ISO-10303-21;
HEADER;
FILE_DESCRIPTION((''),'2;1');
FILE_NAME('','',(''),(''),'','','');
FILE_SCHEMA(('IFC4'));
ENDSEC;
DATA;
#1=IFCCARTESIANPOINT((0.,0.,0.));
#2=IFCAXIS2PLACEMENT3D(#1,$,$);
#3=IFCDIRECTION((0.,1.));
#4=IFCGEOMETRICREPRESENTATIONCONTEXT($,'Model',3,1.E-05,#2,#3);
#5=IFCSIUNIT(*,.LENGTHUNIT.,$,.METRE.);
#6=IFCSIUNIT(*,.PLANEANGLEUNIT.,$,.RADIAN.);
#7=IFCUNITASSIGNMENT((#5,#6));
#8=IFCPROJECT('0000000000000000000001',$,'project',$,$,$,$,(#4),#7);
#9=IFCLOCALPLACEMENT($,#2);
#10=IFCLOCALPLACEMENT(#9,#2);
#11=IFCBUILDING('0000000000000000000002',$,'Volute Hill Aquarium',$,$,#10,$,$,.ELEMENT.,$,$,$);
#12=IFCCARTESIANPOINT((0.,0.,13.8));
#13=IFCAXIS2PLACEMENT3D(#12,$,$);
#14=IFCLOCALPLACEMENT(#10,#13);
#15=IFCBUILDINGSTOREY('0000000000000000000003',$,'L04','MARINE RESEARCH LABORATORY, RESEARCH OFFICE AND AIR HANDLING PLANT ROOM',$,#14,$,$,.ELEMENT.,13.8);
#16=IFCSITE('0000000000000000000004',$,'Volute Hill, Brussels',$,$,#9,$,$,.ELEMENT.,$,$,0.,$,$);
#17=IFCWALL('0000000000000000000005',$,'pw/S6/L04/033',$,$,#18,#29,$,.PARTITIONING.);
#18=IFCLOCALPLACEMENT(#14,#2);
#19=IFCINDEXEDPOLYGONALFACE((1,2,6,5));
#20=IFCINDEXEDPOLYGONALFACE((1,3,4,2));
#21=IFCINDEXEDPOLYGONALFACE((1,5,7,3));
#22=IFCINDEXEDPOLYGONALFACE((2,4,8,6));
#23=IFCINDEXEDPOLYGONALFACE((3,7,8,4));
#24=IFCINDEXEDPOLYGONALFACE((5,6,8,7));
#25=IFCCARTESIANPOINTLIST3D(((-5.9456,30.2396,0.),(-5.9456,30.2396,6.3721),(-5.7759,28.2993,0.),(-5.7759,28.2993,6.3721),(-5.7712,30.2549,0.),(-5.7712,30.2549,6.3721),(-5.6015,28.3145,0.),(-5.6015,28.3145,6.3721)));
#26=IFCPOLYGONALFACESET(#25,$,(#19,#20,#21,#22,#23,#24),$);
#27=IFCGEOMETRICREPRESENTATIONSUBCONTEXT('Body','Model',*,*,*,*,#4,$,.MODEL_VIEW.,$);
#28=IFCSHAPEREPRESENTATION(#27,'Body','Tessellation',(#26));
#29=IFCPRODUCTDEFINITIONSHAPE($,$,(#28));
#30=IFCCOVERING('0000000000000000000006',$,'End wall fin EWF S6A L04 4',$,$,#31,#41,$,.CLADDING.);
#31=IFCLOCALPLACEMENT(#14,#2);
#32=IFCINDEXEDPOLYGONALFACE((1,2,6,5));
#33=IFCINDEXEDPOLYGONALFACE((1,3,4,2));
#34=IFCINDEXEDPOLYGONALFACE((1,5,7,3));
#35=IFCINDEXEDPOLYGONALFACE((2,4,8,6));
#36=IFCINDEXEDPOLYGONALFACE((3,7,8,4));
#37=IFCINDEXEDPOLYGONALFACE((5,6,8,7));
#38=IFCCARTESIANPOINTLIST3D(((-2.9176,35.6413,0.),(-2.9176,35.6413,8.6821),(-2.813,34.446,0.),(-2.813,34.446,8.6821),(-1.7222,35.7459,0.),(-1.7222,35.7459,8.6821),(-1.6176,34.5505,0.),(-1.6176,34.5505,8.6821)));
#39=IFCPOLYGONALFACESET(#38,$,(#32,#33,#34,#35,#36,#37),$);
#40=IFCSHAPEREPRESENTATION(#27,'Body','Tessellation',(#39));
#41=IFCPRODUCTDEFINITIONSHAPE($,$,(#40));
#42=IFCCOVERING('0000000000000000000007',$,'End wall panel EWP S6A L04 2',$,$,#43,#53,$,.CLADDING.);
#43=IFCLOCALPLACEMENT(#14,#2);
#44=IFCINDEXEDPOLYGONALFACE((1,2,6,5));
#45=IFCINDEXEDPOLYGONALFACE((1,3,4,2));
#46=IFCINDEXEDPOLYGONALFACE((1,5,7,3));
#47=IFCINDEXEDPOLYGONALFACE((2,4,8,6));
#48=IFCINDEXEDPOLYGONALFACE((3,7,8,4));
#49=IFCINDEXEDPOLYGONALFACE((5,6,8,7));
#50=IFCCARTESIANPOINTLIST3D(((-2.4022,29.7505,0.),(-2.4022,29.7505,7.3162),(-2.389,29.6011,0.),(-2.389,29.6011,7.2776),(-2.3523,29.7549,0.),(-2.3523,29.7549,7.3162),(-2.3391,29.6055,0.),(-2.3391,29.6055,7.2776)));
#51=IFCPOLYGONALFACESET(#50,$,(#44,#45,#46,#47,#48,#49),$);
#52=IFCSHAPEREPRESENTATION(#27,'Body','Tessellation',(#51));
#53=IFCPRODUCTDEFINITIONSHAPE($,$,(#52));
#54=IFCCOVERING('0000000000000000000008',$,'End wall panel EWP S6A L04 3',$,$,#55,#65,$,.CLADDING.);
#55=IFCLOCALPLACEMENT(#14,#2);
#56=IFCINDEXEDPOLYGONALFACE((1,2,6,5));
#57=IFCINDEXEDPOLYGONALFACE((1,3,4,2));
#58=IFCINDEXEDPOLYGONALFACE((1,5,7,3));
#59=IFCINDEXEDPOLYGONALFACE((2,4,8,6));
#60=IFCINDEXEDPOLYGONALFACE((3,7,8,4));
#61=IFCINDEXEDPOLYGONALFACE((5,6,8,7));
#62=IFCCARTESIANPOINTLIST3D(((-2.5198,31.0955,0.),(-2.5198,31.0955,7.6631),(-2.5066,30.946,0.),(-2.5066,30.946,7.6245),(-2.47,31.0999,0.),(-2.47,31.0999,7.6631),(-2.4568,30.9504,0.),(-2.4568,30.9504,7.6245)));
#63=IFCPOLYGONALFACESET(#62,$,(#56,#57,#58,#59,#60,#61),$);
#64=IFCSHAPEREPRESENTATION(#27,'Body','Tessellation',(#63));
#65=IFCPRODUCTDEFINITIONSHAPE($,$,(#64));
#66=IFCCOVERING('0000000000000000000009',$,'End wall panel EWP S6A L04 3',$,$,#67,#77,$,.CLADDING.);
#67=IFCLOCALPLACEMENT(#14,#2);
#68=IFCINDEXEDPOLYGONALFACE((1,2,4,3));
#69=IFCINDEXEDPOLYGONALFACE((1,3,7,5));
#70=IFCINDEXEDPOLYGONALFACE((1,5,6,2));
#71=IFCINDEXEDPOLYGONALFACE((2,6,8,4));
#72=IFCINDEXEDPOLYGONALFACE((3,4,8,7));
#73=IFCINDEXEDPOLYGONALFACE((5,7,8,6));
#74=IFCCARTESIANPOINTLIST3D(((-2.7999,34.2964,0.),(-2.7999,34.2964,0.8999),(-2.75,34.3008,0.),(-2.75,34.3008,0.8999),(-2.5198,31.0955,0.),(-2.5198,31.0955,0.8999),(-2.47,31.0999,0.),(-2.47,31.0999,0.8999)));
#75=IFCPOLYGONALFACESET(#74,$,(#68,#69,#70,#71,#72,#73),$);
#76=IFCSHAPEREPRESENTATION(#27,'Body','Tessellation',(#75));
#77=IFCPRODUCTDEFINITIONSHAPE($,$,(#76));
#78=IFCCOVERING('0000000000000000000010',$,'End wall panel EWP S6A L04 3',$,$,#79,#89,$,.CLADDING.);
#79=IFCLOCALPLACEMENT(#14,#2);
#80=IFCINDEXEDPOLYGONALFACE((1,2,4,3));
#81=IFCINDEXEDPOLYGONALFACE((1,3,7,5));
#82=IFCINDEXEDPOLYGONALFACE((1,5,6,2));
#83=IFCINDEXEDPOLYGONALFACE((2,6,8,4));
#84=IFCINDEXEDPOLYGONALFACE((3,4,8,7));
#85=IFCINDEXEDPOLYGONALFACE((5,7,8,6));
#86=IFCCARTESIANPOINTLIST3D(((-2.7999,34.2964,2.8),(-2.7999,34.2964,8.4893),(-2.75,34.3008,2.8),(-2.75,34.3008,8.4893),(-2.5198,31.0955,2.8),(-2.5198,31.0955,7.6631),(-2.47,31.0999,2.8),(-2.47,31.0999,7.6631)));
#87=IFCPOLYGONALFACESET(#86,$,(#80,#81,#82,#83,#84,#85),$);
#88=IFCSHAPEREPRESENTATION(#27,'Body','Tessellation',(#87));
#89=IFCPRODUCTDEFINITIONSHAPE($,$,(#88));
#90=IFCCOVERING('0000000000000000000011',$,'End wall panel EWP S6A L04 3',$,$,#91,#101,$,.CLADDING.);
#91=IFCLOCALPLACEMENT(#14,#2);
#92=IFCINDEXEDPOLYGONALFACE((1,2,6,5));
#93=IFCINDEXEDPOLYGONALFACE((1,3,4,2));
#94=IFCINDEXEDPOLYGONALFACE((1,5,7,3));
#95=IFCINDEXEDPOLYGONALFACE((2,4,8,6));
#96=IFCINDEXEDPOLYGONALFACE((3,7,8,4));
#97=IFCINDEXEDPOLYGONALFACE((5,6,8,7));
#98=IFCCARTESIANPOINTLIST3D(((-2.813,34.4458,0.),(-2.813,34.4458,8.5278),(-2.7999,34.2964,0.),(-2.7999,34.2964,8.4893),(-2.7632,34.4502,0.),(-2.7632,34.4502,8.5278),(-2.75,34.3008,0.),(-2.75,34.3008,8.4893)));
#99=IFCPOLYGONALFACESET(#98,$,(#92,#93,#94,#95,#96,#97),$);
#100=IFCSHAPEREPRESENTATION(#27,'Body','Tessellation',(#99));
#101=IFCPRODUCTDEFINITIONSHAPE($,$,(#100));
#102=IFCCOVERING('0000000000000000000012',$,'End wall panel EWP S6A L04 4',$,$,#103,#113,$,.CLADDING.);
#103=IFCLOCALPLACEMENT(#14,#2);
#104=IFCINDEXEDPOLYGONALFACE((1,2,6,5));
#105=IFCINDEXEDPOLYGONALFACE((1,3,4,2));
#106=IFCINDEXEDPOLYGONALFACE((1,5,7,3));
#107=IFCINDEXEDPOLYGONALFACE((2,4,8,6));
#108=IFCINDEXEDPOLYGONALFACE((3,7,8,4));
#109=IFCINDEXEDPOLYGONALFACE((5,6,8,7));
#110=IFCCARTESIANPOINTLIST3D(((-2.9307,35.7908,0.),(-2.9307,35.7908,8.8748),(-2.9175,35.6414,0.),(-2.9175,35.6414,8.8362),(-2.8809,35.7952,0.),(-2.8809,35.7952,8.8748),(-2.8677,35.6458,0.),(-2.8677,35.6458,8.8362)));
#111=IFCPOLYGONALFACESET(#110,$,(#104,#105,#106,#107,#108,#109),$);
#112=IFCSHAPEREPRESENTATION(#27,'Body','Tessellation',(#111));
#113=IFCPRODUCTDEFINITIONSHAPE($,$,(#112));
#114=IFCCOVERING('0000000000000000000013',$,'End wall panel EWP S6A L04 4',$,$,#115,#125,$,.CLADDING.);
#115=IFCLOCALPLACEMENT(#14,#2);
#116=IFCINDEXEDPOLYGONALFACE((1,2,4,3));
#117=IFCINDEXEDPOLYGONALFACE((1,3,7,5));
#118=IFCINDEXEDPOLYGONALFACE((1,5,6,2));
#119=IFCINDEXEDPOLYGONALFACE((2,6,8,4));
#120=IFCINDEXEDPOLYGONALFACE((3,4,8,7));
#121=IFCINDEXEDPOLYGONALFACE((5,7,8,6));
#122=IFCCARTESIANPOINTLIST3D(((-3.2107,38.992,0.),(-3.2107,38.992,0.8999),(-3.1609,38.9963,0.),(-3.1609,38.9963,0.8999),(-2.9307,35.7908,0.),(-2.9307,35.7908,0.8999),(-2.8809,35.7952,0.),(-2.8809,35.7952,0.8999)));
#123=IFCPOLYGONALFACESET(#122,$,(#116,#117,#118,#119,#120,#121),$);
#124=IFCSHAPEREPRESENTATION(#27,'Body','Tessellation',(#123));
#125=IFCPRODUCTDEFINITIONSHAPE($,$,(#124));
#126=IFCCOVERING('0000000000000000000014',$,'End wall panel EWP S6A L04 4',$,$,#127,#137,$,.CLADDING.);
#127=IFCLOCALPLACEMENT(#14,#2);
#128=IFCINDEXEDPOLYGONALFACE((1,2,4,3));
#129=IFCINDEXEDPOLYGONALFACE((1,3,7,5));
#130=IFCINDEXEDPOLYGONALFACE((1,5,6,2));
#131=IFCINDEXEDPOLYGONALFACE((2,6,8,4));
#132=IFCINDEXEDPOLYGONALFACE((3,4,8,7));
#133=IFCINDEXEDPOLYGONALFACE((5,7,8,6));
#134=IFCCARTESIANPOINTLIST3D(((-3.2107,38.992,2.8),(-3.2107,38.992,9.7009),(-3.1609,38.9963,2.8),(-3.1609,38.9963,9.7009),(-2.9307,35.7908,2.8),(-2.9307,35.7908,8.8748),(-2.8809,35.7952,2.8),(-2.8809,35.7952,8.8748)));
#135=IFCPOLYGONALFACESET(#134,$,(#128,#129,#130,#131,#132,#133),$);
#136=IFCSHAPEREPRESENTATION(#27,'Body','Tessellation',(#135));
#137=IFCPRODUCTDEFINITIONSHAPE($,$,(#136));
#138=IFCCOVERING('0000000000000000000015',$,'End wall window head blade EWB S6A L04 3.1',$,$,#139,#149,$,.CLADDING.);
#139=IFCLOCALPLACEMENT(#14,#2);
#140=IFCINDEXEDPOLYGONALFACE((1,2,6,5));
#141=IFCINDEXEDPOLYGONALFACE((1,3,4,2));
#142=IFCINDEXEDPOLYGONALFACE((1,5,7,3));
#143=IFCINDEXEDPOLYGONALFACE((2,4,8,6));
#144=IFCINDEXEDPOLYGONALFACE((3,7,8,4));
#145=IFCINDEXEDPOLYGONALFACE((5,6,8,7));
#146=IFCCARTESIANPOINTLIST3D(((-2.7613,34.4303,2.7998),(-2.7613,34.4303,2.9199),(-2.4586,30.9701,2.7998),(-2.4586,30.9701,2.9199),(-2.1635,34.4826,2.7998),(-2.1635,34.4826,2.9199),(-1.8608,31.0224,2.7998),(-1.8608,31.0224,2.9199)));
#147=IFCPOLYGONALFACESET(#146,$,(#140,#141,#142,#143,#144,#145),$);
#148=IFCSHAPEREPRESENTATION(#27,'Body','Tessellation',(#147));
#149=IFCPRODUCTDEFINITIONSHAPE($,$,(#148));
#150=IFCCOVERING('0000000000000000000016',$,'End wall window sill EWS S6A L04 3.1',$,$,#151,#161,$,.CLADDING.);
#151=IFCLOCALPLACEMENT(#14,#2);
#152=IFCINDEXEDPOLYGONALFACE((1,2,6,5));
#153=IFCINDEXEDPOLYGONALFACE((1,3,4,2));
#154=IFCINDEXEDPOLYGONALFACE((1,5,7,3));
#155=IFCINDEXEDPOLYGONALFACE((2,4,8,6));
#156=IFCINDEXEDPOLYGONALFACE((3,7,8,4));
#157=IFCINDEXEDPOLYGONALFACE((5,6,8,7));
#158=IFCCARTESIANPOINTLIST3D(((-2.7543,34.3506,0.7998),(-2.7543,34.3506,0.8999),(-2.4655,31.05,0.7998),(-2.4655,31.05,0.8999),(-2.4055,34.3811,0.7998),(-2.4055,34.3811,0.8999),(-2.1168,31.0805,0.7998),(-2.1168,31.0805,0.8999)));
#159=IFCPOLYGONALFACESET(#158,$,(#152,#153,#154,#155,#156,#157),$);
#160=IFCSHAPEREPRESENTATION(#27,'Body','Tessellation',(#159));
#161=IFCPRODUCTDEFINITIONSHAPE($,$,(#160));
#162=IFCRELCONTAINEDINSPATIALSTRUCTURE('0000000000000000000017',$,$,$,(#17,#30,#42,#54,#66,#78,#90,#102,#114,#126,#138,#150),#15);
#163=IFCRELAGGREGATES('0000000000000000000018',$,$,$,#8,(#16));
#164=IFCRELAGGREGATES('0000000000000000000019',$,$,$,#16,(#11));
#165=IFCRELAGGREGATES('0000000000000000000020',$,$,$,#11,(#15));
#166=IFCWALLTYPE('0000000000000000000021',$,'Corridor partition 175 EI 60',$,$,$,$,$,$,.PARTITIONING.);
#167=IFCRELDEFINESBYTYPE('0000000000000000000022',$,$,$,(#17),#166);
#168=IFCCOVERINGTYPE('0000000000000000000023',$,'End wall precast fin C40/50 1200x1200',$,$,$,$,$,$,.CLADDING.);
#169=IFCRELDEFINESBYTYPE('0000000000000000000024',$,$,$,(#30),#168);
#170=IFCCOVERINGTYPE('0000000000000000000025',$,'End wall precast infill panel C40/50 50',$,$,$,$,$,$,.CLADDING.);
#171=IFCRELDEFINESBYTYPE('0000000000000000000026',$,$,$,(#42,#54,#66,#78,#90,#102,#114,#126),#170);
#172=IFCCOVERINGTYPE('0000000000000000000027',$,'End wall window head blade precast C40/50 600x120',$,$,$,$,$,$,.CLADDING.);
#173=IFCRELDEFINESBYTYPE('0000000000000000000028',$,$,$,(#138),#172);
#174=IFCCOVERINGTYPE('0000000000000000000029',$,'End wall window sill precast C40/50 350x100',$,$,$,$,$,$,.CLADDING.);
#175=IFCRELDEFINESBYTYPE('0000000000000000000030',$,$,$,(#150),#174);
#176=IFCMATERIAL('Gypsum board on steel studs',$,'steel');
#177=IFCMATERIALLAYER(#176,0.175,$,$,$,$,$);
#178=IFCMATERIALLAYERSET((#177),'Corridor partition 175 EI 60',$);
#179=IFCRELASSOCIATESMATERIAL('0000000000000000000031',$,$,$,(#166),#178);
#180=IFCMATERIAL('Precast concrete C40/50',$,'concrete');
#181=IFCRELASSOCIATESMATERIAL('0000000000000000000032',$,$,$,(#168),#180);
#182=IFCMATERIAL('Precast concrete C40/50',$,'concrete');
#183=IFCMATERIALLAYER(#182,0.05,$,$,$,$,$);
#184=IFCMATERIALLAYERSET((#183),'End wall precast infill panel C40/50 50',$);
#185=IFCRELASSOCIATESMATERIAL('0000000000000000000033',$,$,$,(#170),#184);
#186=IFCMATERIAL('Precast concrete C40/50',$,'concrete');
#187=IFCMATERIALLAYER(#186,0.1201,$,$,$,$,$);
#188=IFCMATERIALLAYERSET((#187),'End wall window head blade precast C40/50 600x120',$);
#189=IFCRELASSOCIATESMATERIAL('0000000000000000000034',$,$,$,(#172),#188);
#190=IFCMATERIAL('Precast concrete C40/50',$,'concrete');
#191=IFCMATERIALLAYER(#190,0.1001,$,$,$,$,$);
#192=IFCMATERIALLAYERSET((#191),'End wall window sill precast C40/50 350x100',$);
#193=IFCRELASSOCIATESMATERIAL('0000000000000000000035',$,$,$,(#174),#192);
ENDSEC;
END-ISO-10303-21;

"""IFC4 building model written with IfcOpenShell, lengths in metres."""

from ifc_helpers import new_model, si_unit, direction, frame, frame_2d, origin, origin_2d, place, context, subcontext, project, spatial, polyline, rectangle, outline, extrude, material, layer, layer_set, type_object, element, save


model = new_model("IFC4")

# Units and contexts
model_context = context("Model", 3, precision=1e-05, world=origin(), true_north=direction((0.0, 1.0)))
body_context = subcontext(model_context, "Body", "Model", "MODEL_VIEW")
ifc_project = project(units=[si_unit("LENGTHUNIT", "METRE"), si_unit("PLANEANGLEUNIT", "RADIAN")], contexts=[model_context])

# Site, building, storey
site_placement = place(None, origin())
site = spatial("IfcSite", under=ifc_project, at=site_placement, Name="Volute Hill, Brussels", CompositionType="ELEMENT", RefElevation=0.0)
building_placement = place(site_placement, origin())
building = spatial("IfcBuilding", under=site, at=building_placement, Name="Volute Hill Aquarium", CompositionType="ELEMENT")
storey_placement = place(building_placement, frame((0.0, 0.0, 13.8)))
storey = spatial("IfcBuildingStorey", under=building, at=storey_placement, Name="L04", Description="MARINE RESEARCH LABORATORY, RESEARCH OFFICE AND AIR HANDLING PLANT ROOM", CompositionType="ELEMENT", Elevation=13.8)

# Shared definitions
ifc_material_1 = material(Name="Gypsum board on steel studs", Category="steel")
ifc_layer_1 = layer(ifc_material_1, 0.175)
ifc_layer_set_1 = layer_set([ifc_layer_1], Name="Corridor partition 175 EI 60")
wall_type_1 = type_object("IfcWallType", Name="Corridor partition 175 EI 60", PredefinedType="PARTITIONING", material=ifc_layer_set_1)

# Wall
wall_1_placement = place(storey_placement, frame((-5.6887, 28.3069, 0.0), z_axis=(0.0, 0.0, 1.0), x_axis=(-0.087111, 0.996199, 0.0)))
element("IfcWall", 1, at=wall_1_placement, inside=storey, type_object=wall_type_1, Name="pw/S6/L04/033", PredefinedType="PARTITIONING", context=body_context, shape_type="SweptSolid", body=[
    extrude(rectangle(XDim=1.9478, YDim=0.175, at=frame_2d((0.9739, 0.0))), origin(), (0.0, 0.0, 1.0), 6.3721),
])

# Coverings
ifc_material_2 = material(Name="Precast concrete C40/50", Category="concrete")
covering_type_1 = type_object("IfcCoveringType", Name="End wall precast fin C40/50 1200x1200", PredefinedType="CLADDING", material=ifc_material_2)
covering_1_placement = place(storey_placement, frame((-2.2676, 35.0959, 0.0), z_axis=(0.0, 0.0, 1.0), x_axis=(-0.087155, 0.996195, 0.0)))
element("IfcCovering", 2, at=covering_1_placement, inside=storey, type_object=covering_type_1, Name="End wall fin EWF S6A L04 4", PredefinedType="CLADDING", context=body_context, shape_type="SweptSolid", body=[
    extrude(rectangle(XDim=1.2, YDim=1.2, at=origin_2d()), origin(), (0.0, 0.0, 1.0), 8.6821),
])
ifc_material_3 = material(Name="Precast concrete C40/50", Category="concrete")
ifc_layer_2 = layer(ifc_material_3, 0.05)
ifc_layer_set_2 = layer_set([ifc_layer_2], Name="End wall precast infill panel C40/50 50")
covering_type_2 = type_object("IfcCoveringType", Name="End wall precast infill panel C40/50 50", PredefinedType="CLADDING", material=ifc_layer_set_2)
covering_2_placement = place(storey_placement, frame((-2.3391, 29.6055, 0.0), z_axis=(0.99613, 0.087894, 0.0), x_axis=(-0.087894, 0.99613, 0.0)))
element("IfcCovering", 3, at=covering_2_placement, inside=storey, type_object=covering_type_2, Name="End wall panel EWP S6A L04 2", PredefinedType="CLADDING", context=body_context, shape_type="SweptSolid", body=[
    extrude(outline(polyline([(0.0, 0.0), (0.15, 0.0), (0.15, 7.3162), (0.0, 7.2776), (0.0, 0.0)])), origin(), (0.0, 0.0, -1.0), 0.05),
])
covering_3_placement = place(storey_placement, frame((-2.4568, 30.9504, 0.0), z_axis=(0.99613, 0.087894, 0.0), x_axis=(-0.087894, 0.99613, 0.0)))
element("IfcCovering", 4, at=covering_3_placement, inside=storey, type_object=covering_type_2, Name="End wall panel EWP S6A L04 3", PredefinedType="CLADDING", context=body_context, shape_type="SweptSolid", body=[
    extrude(outline(polyline([(0.0, 0.0), (0.15, 0.0), (0.15, 7.6631), (0.0, 7.6245), (0.0, 0.0)])), origin(), (0.0, 0.0, -1.0), 0.05),
])
covering_4_placement = place(storey_placement, frame((-2.47, 31.0999, 0.0), z_axis=(0.996195, 0.087151, 0.0), x_axis=(-0.087151, 0.996195, 0.0)))
element("IfcCovering", 5, at=covering_4_placement, inside=storey, type_object=covering_type_2, Name="End wall panel EWP S6A L04 3", PredefinedType="CLADDING", context=body_context, shape_type="SweptSolid", body=[
    extrude(outline(polyline([(0.0, 0.0), (3.2132, 0.0), (3.2132, 0.8999), (0.0, 0.8999), (0.0, 0.0)])), origin(), (0.0, 0.0, -1.0), 0.05),
])
covering_5_placement = place(storey_placement, frame((-2.47, 31.0999, 2.8), z_axis=(0.996195, 0.087151, 0.0), x_axis=(-0.087151, 0.996195, 0.0)))
element("IfcCovering", 6, at=covering_5_placement, inside=storey, type_object=covering_type_2, Name="End wall panel EWP S6A L04 3", PredefinedType="CLADDING", context=body_context, shape_type="SweptSolid", body=[
    extrude(outline(polyline([(0.0, 0.0), (3.2132, 0.0), (3.2132, 5.6892), (0.0, 4.863), (0.0, 0.0)])), origin(), (0.0, 0.0, -1.0), 0.05),
])
covering_6_placement = place(storey_placement, frame((-2.75, 34.3008, 0.0), z_axis=(0.99613, 0.087894, 0.0), x_axis=(-0.087894, 0.99613, 0.0)))
element("IfcCovering", 7, at=covering_6_placement, inside=storey, type_object=covering_type_2, Name="End wall panel EWP S6A L04 3", PredefinedType="CLADDING", context=body_context, shape_type="SweptSolid", body=[
    extrude(outline(polyline([(0.0, 0.0), (0.15, 0.0), (0.15, 8.5278), (0.0, 8.4893), (0.0, 0.0)])), origin(), (0.0, 0.0, -1.0), 0.05),
])
covering_7_placement = place(storey_placement, frame((-2.8677, 35.6458, 0.0), z_axis=(0.99613, 0.087894, 0.0), x_axis=(-0.087894, 0.99613, 0.0)))
element("IfcCovering", 8, at=covering_7_placement, inside=storey, type_object=covering_type_2, Name="End wall panel EWP S6A L04 4", PredefinedType="CLADDING", context=body_context, shape_type="SweptSolid", body=[
    extrude(outline(polyline([(0.0, 0.0), (0.15, 0.0), (0.15, 8.8748), (0.0, 8.8362), (0.0, 0.0)])), origin(), (0.0, 0.0, -1.0), 0.05),
])
covering_8_placement = place(storey_placement, frame((-2.8809, 35.7952, 0.0), z_axis=(0.996196, 0.087144, 0.0), x_axis=(-0.087144, 0.996196, 0.0)))
element("IfcCovering", 9, at=covering_8_placement, inside=storey, type_object=covering_type_2, Name="End wall panel EWP S6A L04 4", PredefinedType="CLADDING", context=body_context, shape_type="SweptSolid", body=[
    extrude(outline(polyline([(0.0, 0.0), (3.2134, 0.0), (3.2134, 0.8999), (0.0, 0.8999), (0.0, 0.0)])), origin(), (0.0, 0.0, -1.0), 0.05),
])
covering_9_placement = place(storey_placement, frame((-2.8809, 35.7952, 2.8), z_axis=(0.996196, 0.087144, 0.0), x_axis=(-0.087144, 0.996196, 0.0)))
element("IfcCovering", 10, at=covering_9_placement, inside=storey, type_object=covering_type_2, Name="End wall panel EWP S6A L04 4", PredefinedType="CLADDING", context=body_context, shape_type="SweptSolid", body=[
    extrude(outline(polyline([(0.0, 0.0), (3.2134, 0.0), (3.2134, 6.9009), (0.0, 6.0747), (0.0, 0.0)])), origin(), (0.0, 0.0, -1.0), 0.05),
])
ifc_material_4 = material(Name="Precast concrete C40/50", Category="concrete")
ifc_layer_3 = layer(ifc_material_4, 0.1201)
ifc_layer_set_3 = layer_set([ifc_layer_3], Name="End wall window head blade precast C40/50 600x120")
covering_type_3 = type_object("IfcCoveringType", Name="End wall window head blade precast C40/50 600x120", PredefinedType="CLADDING", material=ifc_layer_set_3)
covering_10_placement = place(storey_placement, frame((-2.311, 32.7263, 2.7998), z_axis=(0.0, 0.0, 1.0), x_axis=(-0.087155, 0.996195, 0.0)))
element("IfcCovering", 11, at=covering_10_placement, inside=storey, type_object=covering_type_3, Name="End wall window head blade EWB S6A L04 3.1", PredefinedType="CLADDING", context=body_context, shape_type="SweptSolid", body=[
    extrude(rectangle(XDim=3.4734, YDim=0.6001, at=origin_2d()), origin(), (0.0, 0.0, 1.0), 0.1201),
])
ifc_material_5 = material(Name="Precast concrete C40/50", Category="concrete")
ifc_layer_4 = layer(ifc_material_5, 0.1001)
ifc_layer_set_4 = layer_set([ifc_layer_4], Name="End wall window sill precast C40/50 350x100")
covering_type_4 = type_object("IfcCoveringType", Name="End wall window sill precast C40/50 350x100", PredefinedType="CLADDING", material=ifc_layer_set_4)
covering_11_placement = place(storey_placement, frame((-2.4355, 32.7156, 0.7998), z_axis=(0.0, 0.0, 1.0), x_axis=(-0.087155, 0.996195, 0.0)))
element("IfcCovering", 12, at=covering_11_placement, inside=storey, type_object=covering_type_4, Name="End wall window sill EWS S6A L04 3.1", PredefinedType="CLADDING", context=body_context, shape_type="SweptSolid", body=[
    extrude(rectangle(XDim=3.3132, YDim=0.3501, at=origin_2d()), origin(), (0.0, 0.0, 1.0), 0.1001),
])

save(model, "model.ifc")
